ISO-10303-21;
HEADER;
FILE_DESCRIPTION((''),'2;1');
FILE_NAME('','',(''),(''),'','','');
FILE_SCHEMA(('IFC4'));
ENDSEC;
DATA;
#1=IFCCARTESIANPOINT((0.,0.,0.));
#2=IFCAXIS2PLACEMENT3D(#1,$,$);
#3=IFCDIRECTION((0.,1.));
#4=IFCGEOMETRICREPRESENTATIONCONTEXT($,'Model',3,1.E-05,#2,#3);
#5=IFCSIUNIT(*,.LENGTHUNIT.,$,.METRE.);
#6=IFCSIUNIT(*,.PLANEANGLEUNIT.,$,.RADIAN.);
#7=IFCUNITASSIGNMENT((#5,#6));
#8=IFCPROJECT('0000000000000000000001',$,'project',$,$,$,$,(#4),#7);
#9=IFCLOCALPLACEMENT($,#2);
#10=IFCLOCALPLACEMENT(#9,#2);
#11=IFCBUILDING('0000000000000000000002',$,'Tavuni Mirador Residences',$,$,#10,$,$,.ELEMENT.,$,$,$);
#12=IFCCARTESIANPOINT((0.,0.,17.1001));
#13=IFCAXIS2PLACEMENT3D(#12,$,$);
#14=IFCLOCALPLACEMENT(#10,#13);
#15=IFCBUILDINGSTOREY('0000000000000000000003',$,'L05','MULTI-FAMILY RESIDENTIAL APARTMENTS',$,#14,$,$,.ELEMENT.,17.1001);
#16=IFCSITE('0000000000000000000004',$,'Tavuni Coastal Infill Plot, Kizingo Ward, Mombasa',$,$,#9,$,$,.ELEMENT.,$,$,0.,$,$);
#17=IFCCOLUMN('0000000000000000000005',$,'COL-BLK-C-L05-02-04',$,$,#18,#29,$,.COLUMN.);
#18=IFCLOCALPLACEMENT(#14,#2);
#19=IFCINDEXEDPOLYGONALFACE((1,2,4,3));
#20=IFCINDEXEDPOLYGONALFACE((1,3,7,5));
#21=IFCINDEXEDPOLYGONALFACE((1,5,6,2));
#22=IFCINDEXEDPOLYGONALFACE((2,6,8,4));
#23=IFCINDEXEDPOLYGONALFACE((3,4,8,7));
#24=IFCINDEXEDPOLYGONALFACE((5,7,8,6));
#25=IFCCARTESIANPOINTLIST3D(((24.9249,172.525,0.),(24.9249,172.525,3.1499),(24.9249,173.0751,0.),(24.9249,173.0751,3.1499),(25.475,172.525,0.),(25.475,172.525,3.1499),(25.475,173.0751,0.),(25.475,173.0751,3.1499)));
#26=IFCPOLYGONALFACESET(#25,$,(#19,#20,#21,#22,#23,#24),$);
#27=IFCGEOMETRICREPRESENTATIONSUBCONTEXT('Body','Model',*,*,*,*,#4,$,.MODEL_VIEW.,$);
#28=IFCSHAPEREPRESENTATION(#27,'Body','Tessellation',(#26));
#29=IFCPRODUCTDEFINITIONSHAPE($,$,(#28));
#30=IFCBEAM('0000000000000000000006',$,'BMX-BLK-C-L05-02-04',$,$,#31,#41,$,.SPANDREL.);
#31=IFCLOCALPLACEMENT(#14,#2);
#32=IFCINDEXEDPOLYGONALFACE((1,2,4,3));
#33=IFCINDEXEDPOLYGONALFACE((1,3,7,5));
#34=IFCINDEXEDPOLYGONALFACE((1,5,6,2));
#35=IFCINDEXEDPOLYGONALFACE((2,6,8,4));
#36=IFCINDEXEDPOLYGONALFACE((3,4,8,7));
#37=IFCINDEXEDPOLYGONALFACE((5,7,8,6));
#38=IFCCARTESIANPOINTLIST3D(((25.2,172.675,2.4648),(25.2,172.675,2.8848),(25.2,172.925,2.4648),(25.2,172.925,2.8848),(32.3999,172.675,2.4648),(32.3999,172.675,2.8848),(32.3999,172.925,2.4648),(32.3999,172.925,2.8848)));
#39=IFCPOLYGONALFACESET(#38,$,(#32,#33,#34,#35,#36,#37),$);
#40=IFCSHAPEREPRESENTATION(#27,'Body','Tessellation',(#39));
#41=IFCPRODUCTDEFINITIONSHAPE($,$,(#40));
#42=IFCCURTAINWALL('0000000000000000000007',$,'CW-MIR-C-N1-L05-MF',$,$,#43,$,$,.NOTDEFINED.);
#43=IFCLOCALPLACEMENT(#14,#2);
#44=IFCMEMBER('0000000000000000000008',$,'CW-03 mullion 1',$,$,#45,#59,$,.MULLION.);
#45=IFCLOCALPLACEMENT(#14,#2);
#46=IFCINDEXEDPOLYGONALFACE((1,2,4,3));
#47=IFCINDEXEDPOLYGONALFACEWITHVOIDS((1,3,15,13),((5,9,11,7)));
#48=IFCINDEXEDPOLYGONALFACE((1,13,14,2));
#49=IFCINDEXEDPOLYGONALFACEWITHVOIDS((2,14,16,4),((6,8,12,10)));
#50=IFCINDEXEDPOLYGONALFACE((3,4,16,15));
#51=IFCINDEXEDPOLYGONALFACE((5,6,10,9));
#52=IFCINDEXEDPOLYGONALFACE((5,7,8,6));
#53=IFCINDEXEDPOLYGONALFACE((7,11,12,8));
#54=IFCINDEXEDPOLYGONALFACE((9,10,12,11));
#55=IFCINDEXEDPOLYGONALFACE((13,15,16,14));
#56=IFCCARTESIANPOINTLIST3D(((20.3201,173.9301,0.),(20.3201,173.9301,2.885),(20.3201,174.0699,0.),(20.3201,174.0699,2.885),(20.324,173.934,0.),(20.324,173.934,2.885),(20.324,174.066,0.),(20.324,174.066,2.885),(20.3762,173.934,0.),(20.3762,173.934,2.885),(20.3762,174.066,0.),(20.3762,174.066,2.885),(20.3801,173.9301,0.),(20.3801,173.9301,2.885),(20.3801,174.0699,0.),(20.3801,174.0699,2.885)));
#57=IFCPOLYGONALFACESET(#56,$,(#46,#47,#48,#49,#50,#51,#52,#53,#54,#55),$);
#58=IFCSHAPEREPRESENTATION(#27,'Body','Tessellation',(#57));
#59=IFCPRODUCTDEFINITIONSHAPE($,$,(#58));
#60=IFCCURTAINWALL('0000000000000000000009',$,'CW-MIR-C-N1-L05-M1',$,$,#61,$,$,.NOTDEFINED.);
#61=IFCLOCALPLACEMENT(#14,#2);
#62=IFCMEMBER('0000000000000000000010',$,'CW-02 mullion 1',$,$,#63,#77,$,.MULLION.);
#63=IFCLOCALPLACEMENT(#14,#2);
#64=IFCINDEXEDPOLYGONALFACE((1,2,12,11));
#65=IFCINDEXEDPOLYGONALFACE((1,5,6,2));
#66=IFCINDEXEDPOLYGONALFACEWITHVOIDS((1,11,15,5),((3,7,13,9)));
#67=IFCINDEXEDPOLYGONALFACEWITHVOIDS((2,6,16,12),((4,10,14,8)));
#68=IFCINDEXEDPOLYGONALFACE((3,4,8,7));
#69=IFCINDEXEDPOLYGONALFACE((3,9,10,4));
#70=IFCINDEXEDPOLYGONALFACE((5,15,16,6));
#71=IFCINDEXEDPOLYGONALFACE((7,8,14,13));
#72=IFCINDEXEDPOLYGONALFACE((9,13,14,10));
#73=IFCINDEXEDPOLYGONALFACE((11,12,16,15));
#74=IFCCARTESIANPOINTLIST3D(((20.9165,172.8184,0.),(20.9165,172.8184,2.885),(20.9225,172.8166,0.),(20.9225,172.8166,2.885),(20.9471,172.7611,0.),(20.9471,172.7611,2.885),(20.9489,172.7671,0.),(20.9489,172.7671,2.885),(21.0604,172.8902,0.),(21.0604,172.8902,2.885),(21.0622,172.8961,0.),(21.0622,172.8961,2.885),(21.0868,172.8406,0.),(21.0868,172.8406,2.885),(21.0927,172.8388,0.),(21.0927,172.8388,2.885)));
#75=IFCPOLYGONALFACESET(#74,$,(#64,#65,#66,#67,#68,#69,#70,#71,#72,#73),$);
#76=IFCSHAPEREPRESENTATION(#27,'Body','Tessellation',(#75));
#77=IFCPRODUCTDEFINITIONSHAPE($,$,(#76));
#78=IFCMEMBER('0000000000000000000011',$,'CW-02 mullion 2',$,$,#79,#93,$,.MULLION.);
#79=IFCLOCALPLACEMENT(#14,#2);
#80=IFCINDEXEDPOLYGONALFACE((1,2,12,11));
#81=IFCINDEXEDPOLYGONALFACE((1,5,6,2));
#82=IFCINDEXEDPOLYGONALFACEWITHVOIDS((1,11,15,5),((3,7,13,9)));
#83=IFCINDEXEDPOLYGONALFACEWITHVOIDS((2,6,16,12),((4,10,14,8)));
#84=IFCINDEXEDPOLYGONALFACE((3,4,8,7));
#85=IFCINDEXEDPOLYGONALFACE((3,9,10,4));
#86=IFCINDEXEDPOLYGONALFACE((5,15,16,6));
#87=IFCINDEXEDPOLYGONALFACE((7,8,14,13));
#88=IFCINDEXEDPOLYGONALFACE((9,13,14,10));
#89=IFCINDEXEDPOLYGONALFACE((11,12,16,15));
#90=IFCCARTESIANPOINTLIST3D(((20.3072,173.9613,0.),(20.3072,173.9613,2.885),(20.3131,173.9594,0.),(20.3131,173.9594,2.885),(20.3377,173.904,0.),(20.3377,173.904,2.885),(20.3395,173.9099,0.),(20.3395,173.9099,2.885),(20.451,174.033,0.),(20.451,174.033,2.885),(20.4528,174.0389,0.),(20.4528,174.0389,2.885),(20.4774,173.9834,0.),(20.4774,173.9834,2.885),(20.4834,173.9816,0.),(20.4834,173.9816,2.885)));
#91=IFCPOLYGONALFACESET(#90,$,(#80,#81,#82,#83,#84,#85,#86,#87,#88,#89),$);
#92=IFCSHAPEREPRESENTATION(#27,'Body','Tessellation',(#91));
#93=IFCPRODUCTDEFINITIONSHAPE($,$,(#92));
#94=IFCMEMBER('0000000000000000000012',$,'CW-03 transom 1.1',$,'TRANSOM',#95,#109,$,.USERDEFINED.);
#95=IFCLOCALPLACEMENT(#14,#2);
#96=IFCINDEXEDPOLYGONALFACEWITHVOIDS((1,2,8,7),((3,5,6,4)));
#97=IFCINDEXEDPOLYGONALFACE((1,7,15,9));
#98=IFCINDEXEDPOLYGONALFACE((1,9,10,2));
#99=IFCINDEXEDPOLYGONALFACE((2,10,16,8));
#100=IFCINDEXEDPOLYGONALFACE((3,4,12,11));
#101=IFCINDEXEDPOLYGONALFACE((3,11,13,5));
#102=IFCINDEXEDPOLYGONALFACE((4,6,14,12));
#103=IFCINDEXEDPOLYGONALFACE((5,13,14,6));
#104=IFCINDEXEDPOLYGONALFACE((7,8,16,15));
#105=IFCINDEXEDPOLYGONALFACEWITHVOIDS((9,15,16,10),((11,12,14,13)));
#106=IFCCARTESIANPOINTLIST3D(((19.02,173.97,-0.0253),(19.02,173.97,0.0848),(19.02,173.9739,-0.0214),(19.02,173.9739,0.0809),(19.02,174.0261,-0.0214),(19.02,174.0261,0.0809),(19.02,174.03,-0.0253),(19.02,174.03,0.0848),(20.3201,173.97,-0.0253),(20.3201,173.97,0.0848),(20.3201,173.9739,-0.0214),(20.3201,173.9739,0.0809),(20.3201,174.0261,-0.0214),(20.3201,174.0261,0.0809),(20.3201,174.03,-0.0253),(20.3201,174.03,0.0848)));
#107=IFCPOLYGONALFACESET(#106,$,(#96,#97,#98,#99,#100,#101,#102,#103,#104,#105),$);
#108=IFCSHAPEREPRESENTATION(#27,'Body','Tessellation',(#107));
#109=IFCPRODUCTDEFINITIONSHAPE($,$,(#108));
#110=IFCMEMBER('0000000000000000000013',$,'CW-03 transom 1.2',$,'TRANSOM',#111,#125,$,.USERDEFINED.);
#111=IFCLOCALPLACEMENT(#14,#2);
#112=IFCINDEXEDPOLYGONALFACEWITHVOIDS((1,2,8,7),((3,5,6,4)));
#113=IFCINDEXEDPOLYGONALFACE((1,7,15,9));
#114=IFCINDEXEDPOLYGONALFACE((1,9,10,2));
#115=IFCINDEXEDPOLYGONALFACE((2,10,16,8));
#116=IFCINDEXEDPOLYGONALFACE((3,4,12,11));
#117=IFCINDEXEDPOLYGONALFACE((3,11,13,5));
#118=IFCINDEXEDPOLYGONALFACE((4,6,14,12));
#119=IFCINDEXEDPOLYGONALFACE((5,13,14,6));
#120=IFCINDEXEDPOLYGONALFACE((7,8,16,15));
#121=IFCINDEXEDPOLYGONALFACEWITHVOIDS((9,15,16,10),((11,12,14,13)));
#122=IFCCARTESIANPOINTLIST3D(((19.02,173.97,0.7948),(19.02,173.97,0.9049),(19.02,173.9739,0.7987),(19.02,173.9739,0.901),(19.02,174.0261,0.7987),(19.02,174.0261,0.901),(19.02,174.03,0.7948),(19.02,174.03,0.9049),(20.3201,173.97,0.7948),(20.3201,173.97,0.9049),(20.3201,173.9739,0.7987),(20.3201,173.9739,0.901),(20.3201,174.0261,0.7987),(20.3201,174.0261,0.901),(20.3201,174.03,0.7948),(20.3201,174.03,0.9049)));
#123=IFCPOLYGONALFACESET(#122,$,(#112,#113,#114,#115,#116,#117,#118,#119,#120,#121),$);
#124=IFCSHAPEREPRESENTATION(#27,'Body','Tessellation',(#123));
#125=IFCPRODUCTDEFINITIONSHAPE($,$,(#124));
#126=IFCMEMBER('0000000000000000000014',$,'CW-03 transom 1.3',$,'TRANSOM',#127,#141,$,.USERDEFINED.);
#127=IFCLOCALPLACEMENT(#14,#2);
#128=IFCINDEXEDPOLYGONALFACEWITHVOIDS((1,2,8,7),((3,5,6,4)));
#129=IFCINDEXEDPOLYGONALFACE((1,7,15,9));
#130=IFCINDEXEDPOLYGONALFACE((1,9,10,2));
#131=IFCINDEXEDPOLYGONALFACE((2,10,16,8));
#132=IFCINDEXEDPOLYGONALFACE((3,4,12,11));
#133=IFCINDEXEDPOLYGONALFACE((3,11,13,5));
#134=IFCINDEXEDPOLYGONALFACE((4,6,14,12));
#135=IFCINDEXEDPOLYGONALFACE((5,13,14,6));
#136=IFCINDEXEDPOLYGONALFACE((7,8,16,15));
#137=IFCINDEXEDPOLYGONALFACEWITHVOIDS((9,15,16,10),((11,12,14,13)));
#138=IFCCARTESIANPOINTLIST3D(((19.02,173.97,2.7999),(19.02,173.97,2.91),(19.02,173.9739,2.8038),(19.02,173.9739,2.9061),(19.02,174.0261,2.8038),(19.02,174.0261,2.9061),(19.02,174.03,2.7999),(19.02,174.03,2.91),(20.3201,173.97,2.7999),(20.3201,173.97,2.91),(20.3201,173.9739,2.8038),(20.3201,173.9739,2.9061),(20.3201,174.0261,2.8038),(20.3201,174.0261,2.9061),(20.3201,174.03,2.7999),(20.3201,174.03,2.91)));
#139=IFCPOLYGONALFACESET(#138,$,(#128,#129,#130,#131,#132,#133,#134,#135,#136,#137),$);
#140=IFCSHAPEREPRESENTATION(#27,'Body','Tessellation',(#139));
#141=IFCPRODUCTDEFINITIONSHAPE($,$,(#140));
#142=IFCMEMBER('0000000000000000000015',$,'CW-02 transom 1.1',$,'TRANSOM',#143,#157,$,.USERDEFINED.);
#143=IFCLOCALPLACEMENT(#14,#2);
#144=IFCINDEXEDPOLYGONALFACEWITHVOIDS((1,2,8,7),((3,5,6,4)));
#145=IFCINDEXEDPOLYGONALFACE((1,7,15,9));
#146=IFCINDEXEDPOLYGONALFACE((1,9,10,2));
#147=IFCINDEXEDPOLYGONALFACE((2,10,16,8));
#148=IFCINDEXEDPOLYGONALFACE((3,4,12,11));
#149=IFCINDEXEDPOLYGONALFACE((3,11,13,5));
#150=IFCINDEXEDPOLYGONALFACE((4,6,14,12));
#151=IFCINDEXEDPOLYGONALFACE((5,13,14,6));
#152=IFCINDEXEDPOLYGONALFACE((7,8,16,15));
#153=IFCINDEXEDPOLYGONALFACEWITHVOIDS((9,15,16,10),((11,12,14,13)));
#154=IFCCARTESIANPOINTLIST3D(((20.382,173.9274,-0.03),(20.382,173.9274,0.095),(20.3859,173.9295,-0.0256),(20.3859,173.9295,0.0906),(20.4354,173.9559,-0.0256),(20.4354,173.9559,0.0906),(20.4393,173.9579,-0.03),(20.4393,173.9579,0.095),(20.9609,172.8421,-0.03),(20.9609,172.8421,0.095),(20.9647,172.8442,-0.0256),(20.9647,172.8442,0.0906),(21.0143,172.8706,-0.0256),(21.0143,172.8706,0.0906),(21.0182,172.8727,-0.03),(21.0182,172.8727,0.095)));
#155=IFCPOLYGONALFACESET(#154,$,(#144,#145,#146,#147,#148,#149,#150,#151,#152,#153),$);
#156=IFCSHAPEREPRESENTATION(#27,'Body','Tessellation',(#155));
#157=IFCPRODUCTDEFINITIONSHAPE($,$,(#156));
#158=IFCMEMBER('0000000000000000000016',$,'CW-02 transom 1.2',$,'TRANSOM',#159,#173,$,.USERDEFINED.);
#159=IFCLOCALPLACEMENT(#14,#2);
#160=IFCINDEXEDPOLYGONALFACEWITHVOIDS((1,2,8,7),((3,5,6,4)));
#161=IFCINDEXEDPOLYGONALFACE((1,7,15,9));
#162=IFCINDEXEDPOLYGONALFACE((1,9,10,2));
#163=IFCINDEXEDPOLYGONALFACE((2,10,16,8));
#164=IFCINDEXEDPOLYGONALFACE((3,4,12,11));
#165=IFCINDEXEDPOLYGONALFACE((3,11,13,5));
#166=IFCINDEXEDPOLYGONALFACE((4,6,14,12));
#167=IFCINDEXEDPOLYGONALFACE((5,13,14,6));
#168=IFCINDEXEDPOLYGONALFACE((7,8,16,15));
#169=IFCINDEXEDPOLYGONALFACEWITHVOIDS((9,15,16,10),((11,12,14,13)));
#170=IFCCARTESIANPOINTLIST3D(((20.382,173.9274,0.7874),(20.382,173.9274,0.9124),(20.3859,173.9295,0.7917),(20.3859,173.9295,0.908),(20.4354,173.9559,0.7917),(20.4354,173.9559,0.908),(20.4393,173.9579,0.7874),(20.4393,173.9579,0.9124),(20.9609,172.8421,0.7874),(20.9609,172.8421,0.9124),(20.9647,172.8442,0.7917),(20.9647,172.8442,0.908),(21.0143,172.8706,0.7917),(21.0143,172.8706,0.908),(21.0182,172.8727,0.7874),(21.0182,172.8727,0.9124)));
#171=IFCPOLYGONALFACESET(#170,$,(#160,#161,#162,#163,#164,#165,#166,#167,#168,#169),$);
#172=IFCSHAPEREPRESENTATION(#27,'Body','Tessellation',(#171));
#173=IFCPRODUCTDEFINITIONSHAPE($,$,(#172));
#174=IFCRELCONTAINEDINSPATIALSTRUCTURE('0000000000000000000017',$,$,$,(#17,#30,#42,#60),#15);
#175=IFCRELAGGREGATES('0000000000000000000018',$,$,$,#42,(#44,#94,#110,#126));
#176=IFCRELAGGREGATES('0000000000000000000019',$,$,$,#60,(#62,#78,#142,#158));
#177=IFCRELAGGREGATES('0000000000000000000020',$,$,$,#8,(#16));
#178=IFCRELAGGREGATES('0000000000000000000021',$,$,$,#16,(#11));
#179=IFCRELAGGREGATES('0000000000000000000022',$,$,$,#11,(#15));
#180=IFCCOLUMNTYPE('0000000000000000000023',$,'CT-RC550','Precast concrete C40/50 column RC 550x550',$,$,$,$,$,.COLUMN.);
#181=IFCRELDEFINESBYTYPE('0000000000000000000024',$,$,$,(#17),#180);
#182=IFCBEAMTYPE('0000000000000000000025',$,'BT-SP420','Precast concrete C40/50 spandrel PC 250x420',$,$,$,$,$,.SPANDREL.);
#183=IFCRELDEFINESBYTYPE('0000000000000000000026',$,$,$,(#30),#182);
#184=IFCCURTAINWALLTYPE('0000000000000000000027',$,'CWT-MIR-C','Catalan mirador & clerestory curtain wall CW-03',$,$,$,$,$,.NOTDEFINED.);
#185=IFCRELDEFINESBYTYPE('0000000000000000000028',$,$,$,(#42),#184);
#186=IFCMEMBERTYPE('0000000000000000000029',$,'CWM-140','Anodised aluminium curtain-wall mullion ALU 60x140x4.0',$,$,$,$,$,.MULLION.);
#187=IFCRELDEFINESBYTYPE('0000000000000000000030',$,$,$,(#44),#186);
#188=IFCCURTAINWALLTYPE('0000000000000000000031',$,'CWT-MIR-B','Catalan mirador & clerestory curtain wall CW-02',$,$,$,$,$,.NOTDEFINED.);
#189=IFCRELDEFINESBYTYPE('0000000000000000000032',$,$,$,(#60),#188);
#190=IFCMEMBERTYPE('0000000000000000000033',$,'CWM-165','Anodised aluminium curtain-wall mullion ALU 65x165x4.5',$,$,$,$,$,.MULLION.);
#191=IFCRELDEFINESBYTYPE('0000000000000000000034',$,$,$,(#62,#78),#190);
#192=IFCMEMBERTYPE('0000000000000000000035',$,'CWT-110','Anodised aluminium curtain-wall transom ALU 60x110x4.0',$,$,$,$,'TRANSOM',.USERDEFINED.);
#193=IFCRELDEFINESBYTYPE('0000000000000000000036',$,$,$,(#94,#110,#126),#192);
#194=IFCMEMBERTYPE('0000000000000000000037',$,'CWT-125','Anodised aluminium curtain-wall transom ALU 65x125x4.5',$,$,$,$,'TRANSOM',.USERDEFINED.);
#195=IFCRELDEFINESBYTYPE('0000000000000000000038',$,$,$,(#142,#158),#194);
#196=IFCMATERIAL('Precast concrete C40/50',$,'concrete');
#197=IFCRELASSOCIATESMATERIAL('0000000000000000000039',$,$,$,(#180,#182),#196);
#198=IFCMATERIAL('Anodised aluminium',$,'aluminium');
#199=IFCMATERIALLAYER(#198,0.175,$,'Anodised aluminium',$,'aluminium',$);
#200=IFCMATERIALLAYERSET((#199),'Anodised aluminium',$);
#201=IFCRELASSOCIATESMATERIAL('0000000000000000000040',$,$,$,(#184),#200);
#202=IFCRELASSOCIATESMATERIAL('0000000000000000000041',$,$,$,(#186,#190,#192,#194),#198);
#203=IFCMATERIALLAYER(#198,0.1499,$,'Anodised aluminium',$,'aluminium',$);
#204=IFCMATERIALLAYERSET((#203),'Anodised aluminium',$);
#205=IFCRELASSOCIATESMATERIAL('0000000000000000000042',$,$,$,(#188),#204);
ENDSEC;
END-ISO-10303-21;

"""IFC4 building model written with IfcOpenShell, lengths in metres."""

from ifc_helpers import new_model, si_unit, direction, frame, origin, origin_2d, place, context, subcontext, project, spatial, rectangle, hollow_rectangle, extrude, material, layer, layer_set, material_profile, profile_set, type_object, element, aggregate, save


model = new_model("IFC4")

# Units and contexts
model_context = context("Model", 3, precision=1e-05, world=origin(), true_north=direction((0.0, 1.0)))
body_context = subcontext(model_context, "Body", "Model", "MODEL_VIEW")
ifc_project = project(units=[si_unit("LENGTHUNIT", "METRE"), si_unit("PLANEANGLEUNIT", "RADIAN")], contexts=[model_context])

# Site, building, storey
site_placement = place(None, origin())
site = spatial("IfcSite", under=ifc_project, at=site_placement, Name="Tavuni Coastal Infill Plot, Kizingo Ward, Mombasa", CompositionType="ELEMENT", RefElevation=0.0)
building_placement = place(site_placement, origin())
building = spatial("IfcBuilding", under=site, at=building_placement, Name="Tavuni Mirador Residences", CompositionType="ELEMENT")
storey_placement = place(building_placement, frame((0.0, 0.0, 17.1001)))
storey = spatial("IfcBuildingStorey", under=building, at=storey_placement, Name="L05", Description="MULTI-FAMILY RESIDENTIAL APARTMENTS", CompositionType="ELEMENT", Elevation=17.1001)

# Column
ifc_material_1 = material(Name="Precast concrete C40/50", Category="concrete")
ifc_material_profile_1 = material_profile(ifc_material_1, rectangle(XDim=0.55, YDim=0.55, at=origin_2d()), Name="RC 550x550", Category="concrete")
ifc_profile_set_1 = profile_set([ifc_material_profile_1], Name="Precast concrete C40/50")
column_type = type_object("IfcColumnType", Name="CT-RC550", Description="Precast concrete C40/50 column RC 550x550", PredefinedType="COLUMN", material=ifc_profile_set_1)
column_placement = place(storey_placement, frame((25.2, 172.8, 0.0), z_axis=(0.0, 0.0, 1.0), x_axis=(1.0, 0.0, 0.0)))
element("IfcColumn", 1, at=column_placement, inside=storey, type_object=column_type, Name="COL-BLK-C-L05-02-04", PredefinedType="COLUMN", context=body_context, shape_type="SweptSolid", body=[
    extrude(rectangle(XDim=0.55, YDim=0.55, at=origin_2d()), origin(), (0.0, 0.0, 1.0), 3.1499),
])

# Beam
ifc_material_profile_2 = material_profile(ifc_material_1, rectangle(XDim=0.25, YDim=0.4199, at=origin_2d()), Name="PC 250x420", Category="concrete")
ifc_profile_set_2 = profile_set([ifc_material_profile_2], Name="Precast concrete C40/50")
beam_type = type_object("IfcBeamType", Name="BT-SP420", Description="Precast concrete C40/50 spandrel PC 250x420", PredefinedType="SPANDREL", material=ifc_profile_set_2)
beam_placement = place(storey_placement, frame((25.2, 172.8, 2.6748), z_axis=(1.0, 0.0, 0.0), x_axis=(0.0, 1.0, 0.0)))
element("IfcBeam", 2, at=beam_placement, inside=storey, type_object=beam_type, Name="BMX-BLK-C-L05-02-04", PredefinedType="SPANDREL", context=body_context, shape_type="SweptSolid", body=[
    extrude(rectangle(XDim=0.25, YDim=0.4199, at=origin_2d()), origin(), (0.0, 0.0, 1.0), 7.2),
])

# Curtain wall, member
ifc_material_2 = material(Name="Anodised aluminium", Category="aluminium")
ifc_layer_1 = layer(ifc_material_2, 0.175, Name="Anodised aluminium", Category="aluminium")
ifc_layer_set_1 = layer_set([ifc_layer_1], Name="Anodised aluminium")
curtain_wall_type_1 = type_object("IfcCurtainWallType", Name="CWT-MIR-C", Description="Catalan mirador & clerestory curtain wall CW-03", PredefinedType="NOTDEFINED", material=ifc_layer_set_1)
curtain_wall_1_placement = place(storey_placement, origin())
curtain_wall_1 = element("IfcCurtainWall", 3, at=curtain_wall_1_placement, inside=storey, type_object=curtain_wall_type_1, Name="CW-MIR-C-N1-L05-MF", PredefinedType="NOTDEFINED")
ifc_material_profile_3 = material_profile(ifc_material_2, hollow_rectangle(XDim=0.0601, YDim=0.1399, WallThickness=0.0039, at=origin_2d()), Name="ALU 60x140x4.0", Category="aluminium")
ifc_profile_set_3 = profile_set([ifc_material_profile_3], Name="Anodised aluminium")
member_type_1 = type_object("IfcMemberType", Name="CWM-140", Description="Anodised aluminium curtain-wall mullion ALU 60x140x4.0", PredefinedType="MULLION", material=ifc_profile_set_3)
member_1_placement = place(storey_placement, frame((20.3501, 174.0, 0.0), z_axis=(0.0, 0.0, 1.0), x_axis=(-1.0, 0.0, 0.0)))
member_1 = element("IfcMember", 4, at=member_1_placement, type_object=member_type_1, Name="CW-03 mullion 1", PredefinedType="MULLION", context=body_context, shape_type="SweptSolid", body=[
    extrude(hollow_rectangle(XDim=0.0601, YDim=0.1399, WallThickness=0.0039, at=origin_2d()), origin(), (0.0, 0.0, 1.0), 2.885),
])

# Curtain wall, members
ifc_layer_2 = layer(ifc_material_2, 0.1499, Name="Anodised aluminium", Category="aluminium")
ifc_layer_set_2 = layer_set([ifc_layer_2], Name="Anodised aluminium")
curtain_wall_type_2 = type_object("IfcCurtainWallType", Name="CWT-MIR-B", Description="Catalan mirador & clerestory curtain wall CW-02", PredefinedType="NOTDEFINED", material=ifc_layer_set_2)
curtain_wall_2_placement = place(storey_placement, origin())
curtain_wall_2 = element("IfcCurtainWall", 5, at=curtain_wall_2_placement, inside=storey, type_object=curtain_wall_type_2, Name="CW-MIR-C-N1-L05-M1", PredefinedType="NOTDEFINED")
ifc_material_profile_4 = material_profile(ifc_material_2, hollow_rectangle(XDim=0.0649, YDim=0.165, WallThickness=0.0044, at=origin_2d()), Name="ALU 65x165x4.5", Category="aluminium")
ifc_profile_set_4 = profile_set([ifc_material_profile_4], Name="Anodised aluminium")
member_type_2 = type_object("IfcMemberType", Name="CWM-165", Description="Anodised aluminium curtain-wall mullion ALU 65x165x4.5", PredefinedType="MULLION", material=ifc_profile_set_4)
member_2_placement = place(storey_placement, frame((21.0046, 172.8286, 0.0), z_axis=(0.0, 0.0, 1.0), x_axis=(-0.470588, 0.882353, 0.0)))
member_2 = element("IfcMember", 6, at=member_2_placement, type_object=member_type_2, Name="CW-02 mullion 1", PredefinedType="MULLION", context=body_context, shape_type="SweptSolid", body=[
    extrude(hollow_rectangle(XDim=0.0649, YDim=0.165, WallThickness=0.0044, at=origin_2d()), origin(), (0.0, 0.0, 1.0), 2.885),
])
member_3_placement = place(storey_placement, frame((20.3953, 173.9714, 0.0), z_axis=(0.0, 0.0, 1.0), x_axis=(-0.470588, 0.882353, 0.0)))
member_3 = element("IfcMember", 7, at=member_3_placement, type_object=member_type_2, Name="CW-02 mullion 2", PredefinedType="MULLION", context=body_context, shape_type="SweptSolid", body=[
    extrude(hollow_rectangle(XDim=0.0649, YDim=0.165, WallThickness=0.0044, at=origin_2d()), origin(), (0.0, 0.0, 1.0), 2.885),
])

# Members
ifc_material_profile_5 = material_profile(ifc_material_2, hollow_rectangle(XDim=0.0601, YDim=0.1101, WallThickness=0.0039, at=origin_2d()), Name="ALU 60x110x4.0", Category="aluminium")
ifc_profile_set_5 = profile_set([ifc_material_profile_5], Name="Anodised aluminium")
member_type_3 = type_object("IfcMemberType", Name="CWT-110", Description="Anodised aluminium curtain-wall transom ALU 60x110x4.0", ElementType="TRANSOM", PredefinedType="USERDEFINED", material=ifc_profile_set_5)
member_4_placement = place(storey_placement, frame((20.3201, 174.0, 0.0298), z_axis=(-1.0, 0.0, 0.0), x_axis=(0.0, -1.0, 0.0)))
member_4 = element("IfcMember", 8, at=member_4_placement, type_object=member_type_3, Name="CW-03 transom 1.1", ObjectType="TRANSOM", PredefinedType="USERDEFINED", context=body_context, shape_type="SweptSolid", body=[
    extrude(hollow_rectangle(XDim=0.0601, YDim=0.1101, WallThickness=0.0039, at=origin_2d()), origin(), (0.0, 0.0, 1.0), 1.3),
])
member_5_placement = place(storey_placement, frame((20.3201, 174.0, 0.8499), z_axis=(-1.0, 0.0, 0.0), x_axis=(0.0, -1.0, 0.0)))
member_5 = element("IfcMember", 9, at=member_5_placement, type_object=member_type_3, Name="CW-03 transom 1.2", ObjectType="TRANSOM", PredefinedType="USERDEFINED", context=body_context, shape_type="SweptSolid", body=[
    extrude(hollow_rectangle(XDim=0.0601, YDim=0.1101, WallThickness=0.0039, at=origin_2d()), origin(), (0.0, 0.0, 1.0), 1.3),
])
member_6_placement = place(storey_placement, frame((20.3201, 174.0, 2.855), z_axis=(-1.0, 0.0, 0.0), x_axis=(0.0, -1.0, 0.0)))
member_6 = element("IfcMember", 10, at=member_6_placement, type_object=member_type_3, Name="CW-03 transom 1.3", ObjectType="TRANSOM", PredefinedType="USERDEFINED", context=body_context, shape_type="SweptSolid", body=[
    extrude(hollow_rectangle(XDim=0.0601, YDim=0.1101, WallThickness=0.0039, at=origin_2d()), origin(), (0.0, 0.0, 1.0), 1.3),
])
aggregate(curtain_wall_1, [member_1, member_4, member_5, member_6])
ifc_material_profile_6 = material_profile(ifc_material_2, hollow_rectangle(XDim=0.0649, YDim=0.125, WallThickness=0.0044, at=origin_2d()), Name="ALU 65x125x4.5", Category="aluminium")
ifc_profile_set_6 = profile_set([ifc_material_profile_6], Name="Anodised aluminium")
member_type_4 = type_object("IfcMemberType", Name="CWT-125", Description="Anodised aluminium curtain-wall transom ALU 65x125x4.5", ElementType="TRANSOM", PredefinedType="USERDEFINED", material=ifc_profile_set_6)
member_7_placement = place(storey_placement, frame((20.9895, 172.8574, 0.0325), z_axis=(-0.47064, 0.882325, 0.0), x_axis=(-0.882325, -0.47064, 0.0)))
member_7 = element("IfcMember", 11, at=member_7_placement, type_object=member_type_4, Name="CW-02 transom 1.1", ObjectType="TRANSOM", PredefinedType="USERDEFINED", context=body_context, shape_type="SweptSolid", body=[
    extrude(hollow_rectangle(XDim=0.0649, YDim=0.125, WallThickness=0.0044, at=origin_2d()), origin(), (0.0, 0.0, 1.0), 1.23),
])
member_8_placement = place(storey_placement, frame((20.9895, 172.8574, 0.8499), z_axis=(-0.47064, 0.882325, 0.0), x_axis=(-0.882325, -0.47064, 0.0)))
member_8 = element("IfcMember", 12, at=member_8_placement, type_object=member_type_4, Name="CW-02 transom 1.2", ObjectType="TRANSOM", PredefinedType="USERDEFINED", context=body_context, shape_type="SweptSolid", body=[
    extrude(hollow_rectangle(XDim=0.0649, YDim=0.125, WallThickness=0.0044, at=origin_2d()), origin(), (0.0, 0.0, 1.0), 1.23),
])

aggregate(curtain_wall_2, [member_2, member_3, member_7, member_8])

save(model, "model.ifc")
